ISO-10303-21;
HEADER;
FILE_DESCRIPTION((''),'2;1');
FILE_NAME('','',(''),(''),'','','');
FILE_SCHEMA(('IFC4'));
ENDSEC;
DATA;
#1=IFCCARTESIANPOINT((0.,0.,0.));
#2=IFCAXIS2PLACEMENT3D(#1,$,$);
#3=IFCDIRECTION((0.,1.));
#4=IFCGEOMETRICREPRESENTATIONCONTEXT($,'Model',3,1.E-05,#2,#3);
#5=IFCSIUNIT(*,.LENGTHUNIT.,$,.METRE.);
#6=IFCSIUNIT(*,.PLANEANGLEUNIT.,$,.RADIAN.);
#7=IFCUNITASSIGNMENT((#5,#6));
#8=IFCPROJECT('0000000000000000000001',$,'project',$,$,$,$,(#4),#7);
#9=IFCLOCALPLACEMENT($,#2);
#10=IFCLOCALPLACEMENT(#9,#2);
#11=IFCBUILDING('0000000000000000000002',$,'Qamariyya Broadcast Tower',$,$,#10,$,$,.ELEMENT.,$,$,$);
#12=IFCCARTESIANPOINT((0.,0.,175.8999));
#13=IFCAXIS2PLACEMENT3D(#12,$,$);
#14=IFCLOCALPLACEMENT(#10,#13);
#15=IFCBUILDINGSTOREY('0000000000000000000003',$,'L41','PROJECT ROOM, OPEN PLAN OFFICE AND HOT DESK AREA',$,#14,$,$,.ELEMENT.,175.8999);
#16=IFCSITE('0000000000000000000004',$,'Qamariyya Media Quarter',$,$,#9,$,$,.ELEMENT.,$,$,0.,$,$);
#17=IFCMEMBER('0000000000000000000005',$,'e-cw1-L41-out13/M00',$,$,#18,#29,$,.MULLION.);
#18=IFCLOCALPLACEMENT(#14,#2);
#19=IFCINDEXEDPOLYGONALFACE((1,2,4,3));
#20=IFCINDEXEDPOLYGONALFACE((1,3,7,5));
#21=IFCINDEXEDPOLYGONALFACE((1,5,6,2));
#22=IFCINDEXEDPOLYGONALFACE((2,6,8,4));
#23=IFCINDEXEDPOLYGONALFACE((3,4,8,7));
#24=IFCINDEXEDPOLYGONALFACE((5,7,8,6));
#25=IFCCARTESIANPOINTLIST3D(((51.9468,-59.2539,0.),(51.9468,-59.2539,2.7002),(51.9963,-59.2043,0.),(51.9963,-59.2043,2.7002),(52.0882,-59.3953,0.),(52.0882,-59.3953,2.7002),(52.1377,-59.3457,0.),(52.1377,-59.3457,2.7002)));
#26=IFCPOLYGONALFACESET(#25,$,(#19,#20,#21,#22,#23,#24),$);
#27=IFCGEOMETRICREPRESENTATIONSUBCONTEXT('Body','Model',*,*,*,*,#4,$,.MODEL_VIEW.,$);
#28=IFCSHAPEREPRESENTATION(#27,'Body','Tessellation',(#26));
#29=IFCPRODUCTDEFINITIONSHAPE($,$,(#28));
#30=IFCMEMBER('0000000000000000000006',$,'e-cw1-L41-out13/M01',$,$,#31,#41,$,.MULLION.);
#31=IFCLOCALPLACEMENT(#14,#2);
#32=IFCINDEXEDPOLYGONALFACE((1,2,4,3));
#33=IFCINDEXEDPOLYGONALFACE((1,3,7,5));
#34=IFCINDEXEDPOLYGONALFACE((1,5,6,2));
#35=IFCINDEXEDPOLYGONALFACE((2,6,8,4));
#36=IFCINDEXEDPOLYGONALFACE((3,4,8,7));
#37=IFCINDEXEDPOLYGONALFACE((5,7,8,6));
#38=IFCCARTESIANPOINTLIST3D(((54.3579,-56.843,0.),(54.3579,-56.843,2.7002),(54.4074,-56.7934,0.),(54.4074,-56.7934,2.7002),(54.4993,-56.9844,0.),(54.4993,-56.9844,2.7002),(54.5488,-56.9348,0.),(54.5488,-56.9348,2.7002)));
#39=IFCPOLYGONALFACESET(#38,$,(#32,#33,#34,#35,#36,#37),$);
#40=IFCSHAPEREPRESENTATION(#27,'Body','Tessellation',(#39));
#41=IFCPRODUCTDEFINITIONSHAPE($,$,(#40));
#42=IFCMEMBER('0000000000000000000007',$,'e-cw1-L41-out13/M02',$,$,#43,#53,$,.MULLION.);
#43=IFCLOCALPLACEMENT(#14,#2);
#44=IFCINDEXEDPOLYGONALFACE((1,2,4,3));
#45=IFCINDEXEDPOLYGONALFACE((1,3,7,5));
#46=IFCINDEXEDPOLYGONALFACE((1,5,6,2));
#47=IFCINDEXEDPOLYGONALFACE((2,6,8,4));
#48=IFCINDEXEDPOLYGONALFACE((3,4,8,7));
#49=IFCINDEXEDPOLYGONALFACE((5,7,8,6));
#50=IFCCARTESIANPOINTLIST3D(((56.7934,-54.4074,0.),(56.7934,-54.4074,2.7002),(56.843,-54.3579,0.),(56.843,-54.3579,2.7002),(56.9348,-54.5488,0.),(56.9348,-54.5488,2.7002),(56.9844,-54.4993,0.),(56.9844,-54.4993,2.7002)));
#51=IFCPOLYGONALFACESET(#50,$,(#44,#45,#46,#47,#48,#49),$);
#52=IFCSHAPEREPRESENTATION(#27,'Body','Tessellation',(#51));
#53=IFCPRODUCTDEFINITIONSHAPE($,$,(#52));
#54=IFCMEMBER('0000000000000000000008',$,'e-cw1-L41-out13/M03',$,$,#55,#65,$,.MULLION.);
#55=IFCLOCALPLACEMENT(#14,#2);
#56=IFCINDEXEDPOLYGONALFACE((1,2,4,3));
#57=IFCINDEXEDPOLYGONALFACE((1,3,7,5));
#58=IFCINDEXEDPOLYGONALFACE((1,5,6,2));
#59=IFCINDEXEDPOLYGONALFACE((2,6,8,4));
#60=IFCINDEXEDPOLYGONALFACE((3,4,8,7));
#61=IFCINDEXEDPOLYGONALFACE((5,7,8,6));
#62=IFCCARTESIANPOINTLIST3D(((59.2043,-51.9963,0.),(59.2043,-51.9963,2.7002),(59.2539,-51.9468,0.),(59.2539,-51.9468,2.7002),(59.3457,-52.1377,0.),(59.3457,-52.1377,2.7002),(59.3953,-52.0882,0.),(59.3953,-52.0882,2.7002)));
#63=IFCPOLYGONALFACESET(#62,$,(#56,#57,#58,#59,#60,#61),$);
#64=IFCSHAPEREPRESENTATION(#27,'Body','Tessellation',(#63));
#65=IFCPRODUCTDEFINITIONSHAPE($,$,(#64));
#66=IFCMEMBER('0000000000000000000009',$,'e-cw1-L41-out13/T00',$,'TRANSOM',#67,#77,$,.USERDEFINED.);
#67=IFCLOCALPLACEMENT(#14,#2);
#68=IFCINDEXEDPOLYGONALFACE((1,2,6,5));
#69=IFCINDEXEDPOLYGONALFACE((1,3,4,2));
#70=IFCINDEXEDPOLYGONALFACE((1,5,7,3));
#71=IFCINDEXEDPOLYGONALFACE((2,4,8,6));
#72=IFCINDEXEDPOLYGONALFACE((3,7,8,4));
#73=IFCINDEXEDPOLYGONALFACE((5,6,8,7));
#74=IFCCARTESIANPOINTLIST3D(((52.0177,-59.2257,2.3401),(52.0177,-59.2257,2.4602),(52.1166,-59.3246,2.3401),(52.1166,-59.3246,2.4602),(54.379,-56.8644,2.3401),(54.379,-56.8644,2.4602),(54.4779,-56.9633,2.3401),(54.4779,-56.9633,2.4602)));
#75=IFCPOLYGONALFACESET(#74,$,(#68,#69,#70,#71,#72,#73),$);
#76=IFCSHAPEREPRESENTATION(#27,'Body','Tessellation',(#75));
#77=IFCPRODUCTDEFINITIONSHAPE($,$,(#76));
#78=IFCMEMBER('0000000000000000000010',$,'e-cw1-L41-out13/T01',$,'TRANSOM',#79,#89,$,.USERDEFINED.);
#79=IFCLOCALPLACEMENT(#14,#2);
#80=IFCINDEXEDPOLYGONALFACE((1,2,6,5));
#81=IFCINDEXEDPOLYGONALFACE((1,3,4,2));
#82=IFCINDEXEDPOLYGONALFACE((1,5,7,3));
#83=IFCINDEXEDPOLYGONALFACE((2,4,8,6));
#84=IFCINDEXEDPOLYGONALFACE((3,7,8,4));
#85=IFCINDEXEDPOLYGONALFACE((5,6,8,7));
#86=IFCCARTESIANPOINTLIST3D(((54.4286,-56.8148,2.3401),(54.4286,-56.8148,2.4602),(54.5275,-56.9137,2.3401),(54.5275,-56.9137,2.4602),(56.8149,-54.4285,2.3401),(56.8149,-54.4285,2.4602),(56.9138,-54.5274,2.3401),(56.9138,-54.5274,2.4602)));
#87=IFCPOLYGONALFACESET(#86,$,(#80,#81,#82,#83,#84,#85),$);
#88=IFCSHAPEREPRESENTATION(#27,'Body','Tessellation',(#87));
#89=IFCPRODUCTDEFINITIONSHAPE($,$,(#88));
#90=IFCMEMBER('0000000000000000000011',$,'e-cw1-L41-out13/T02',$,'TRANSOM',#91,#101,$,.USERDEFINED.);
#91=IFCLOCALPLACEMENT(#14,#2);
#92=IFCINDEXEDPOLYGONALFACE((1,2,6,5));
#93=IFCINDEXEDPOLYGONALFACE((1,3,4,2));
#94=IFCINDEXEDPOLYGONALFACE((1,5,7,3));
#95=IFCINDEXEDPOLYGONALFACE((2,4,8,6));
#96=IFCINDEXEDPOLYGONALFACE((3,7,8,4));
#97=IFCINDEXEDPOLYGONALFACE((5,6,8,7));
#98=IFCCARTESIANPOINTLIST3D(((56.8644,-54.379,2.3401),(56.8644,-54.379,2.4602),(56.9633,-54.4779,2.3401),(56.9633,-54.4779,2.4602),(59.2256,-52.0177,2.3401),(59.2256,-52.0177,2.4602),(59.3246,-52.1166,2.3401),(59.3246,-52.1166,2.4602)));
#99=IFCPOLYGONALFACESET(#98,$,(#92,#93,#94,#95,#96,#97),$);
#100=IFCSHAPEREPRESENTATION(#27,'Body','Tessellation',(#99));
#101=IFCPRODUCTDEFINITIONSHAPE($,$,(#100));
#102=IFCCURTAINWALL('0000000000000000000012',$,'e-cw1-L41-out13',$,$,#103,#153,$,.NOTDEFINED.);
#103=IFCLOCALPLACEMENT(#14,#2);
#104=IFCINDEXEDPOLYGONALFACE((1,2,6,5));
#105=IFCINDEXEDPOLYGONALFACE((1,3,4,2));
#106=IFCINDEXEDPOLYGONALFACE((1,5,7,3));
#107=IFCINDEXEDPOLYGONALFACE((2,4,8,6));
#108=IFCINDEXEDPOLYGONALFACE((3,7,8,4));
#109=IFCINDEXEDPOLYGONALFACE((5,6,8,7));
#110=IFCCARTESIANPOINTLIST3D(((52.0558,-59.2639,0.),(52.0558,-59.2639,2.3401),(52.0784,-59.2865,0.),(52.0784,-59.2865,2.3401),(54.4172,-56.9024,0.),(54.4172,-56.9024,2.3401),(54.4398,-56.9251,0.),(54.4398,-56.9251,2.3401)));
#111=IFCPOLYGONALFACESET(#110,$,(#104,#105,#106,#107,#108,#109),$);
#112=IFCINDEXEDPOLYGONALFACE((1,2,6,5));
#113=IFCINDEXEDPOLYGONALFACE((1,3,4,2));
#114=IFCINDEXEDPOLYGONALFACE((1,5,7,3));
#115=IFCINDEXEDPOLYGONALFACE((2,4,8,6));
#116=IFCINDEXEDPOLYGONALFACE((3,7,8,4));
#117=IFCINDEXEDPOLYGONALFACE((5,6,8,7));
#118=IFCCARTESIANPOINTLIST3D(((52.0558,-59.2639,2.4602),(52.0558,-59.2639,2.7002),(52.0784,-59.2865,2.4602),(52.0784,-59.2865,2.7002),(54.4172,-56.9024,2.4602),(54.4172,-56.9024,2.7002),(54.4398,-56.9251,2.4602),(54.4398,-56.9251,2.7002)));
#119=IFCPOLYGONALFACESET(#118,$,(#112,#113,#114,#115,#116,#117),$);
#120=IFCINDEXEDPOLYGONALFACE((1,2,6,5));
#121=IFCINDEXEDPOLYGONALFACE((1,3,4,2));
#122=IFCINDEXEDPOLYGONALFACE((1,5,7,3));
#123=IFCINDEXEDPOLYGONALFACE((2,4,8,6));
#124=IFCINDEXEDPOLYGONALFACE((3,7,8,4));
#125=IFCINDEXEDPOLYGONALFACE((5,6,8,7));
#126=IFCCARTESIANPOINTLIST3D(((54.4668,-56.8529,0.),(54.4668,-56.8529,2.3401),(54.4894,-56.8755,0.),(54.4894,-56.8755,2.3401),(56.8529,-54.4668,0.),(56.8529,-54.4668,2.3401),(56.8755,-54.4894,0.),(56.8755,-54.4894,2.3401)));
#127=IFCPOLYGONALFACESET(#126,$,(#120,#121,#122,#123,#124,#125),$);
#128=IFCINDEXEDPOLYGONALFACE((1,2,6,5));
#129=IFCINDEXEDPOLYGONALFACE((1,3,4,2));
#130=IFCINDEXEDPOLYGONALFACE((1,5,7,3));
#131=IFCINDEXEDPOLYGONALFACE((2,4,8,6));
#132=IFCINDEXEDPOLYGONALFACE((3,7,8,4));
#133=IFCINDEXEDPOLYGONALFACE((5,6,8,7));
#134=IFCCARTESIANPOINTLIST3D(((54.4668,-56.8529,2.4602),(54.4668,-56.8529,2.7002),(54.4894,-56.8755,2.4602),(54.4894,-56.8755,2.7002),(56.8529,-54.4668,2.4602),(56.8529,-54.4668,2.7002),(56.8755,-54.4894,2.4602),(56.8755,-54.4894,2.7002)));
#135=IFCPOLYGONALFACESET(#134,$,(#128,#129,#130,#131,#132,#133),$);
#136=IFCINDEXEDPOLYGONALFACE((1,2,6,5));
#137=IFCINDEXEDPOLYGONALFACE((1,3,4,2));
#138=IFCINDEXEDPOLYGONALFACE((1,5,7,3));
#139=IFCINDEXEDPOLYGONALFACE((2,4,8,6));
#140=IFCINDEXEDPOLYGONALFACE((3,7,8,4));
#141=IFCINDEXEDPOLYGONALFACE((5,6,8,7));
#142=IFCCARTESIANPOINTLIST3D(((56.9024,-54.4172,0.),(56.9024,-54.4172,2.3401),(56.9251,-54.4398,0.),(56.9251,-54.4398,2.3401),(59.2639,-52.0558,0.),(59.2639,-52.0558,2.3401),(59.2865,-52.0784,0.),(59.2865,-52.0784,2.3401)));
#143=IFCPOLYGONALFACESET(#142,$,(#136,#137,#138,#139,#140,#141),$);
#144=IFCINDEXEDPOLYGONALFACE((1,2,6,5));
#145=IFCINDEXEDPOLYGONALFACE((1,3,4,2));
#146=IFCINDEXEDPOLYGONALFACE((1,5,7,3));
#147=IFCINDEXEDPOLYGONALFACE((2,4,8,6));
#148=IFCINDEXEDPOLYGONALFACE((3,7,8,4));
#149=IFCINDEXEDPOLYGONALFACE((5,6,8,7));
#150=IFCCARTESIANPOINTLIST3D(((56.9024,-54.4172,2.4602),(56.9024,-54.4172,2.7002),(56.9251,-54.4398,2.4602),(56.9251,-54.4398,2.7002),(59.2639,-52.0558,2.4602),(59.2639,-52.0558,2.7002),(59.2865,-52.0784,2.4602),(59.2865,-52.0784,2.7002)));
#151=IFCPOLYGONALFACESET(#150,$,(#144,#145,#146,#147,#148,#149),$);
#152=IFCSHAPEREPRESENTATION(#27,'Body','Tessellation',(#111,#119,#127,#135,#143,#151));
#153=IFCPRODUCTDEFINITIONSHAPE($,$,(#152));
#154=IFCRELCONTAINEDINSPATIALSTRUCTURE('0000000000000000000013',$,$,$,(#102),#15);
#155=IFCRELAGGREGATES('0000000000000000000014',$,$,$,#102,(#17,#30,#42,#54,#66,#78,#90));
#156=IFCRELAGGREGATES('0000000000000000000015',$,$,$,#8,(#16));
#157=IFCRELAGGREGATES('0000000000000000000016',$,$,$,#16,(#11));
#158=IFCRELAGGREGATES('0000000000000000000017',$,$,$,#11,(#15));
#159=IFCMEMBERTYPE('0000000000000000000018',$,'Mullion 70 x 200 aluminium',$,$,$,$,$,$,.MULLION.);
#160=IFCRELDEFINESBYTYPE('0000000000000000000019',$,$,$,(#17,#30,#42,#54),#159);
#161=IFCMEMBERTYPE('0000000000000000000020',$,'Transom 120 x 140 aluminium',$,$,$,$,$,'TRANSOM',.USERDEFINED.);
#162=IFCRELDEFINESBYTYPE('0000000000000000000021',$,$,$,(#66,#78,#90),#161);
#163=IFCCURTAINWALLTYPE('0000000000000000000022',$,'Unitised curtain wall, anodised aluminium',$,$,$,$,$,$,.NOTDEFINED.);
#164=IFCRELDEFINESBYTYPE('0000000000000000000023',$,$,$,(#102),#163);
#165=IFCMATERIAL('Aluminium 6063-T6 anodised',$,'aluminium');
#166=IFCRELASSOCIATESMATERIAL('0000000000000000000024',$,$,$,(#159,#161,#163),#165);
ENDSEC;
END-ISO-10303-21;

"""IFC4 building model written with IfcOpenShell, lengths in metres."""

from ifc_helpers import new_model, si_unit, direction, frame, origin, origin_2d, place, context, subcontext, project, spatial, rectangle, extrude, material, material_profile, profile_set, type_object, element, aggregate, save


model = new_model("IFC4")

# Units and contexts
model_context = context("Model", 3, precision=1e-05, world=origin(), true_north=direction((0.0, 1.0)))
body_context = subcontext(model_context, "Body", "Model", "MODEL_VIEW")
ifc_project = project(units=[si_unit("LENGTHUNIT", "METRE"), si_unit("PLANEANGLEUNIT", "RADIAN")], contexts=[model_context])

# Members
ifc_material = material(Name="Aluminium 6063-T6 anodised", Category="aluminium")
ifc_material_profile_1 = material_profile(ifc_material, rectangle(XDim=0.2, YDim=0.0701, at=origin_2d()))
ifc_profile_set_1 = profile_set([ifc_material_profile_1], Name="Aluminium 6063-T6 anodised")
member_type_1 = type_object("IfcMemberType", Name="Mullion 70 x 200 aluminium", PredefinedType="MULLION", material=ifc_profile_set_1)
site_placement = place(None, origin())
building_placement = place(site_placement, origin())
storey_placement = place(building_placement, frame((0.0, 0.0, 175.8999)))
member_1_placement = place(storey_placement, frame((52.0422, -59.2998, 0.0), z_axis=(0.0, 0.0, 1.0), x_axis=(-0.707107, 0.707107, 0.0)))
member_1 = element("IfcMember", 1, at=member_1_placement, type_object=member_type_1, Name="e-cw1-L41-out13/M00", PredefinedType="MULLION", context=body_context, shape_type="SweptSolid", body=[
    extrude(rectangle(XDim=0.2, YDim=0.0701, at=origin_2d()), origin(), (0.0, 0.0, 1.0), 2.7002),
])
member_2_placement = place(storey_placement, frame((54.4534, -56.8889, 0.0), z_axis=(0.0, 0.0, 1.0), x_axis=(-0.707107, 0.707107, 0.0)))
member_2 = element("IfcMember", 2, at=member_2_placement, type_object=member_type_1, Name="e-cw1-L41-out13/M01", PredefinedType="MULLION", context=body_context, shape_type="SweptSolid", body=[
    extrude(rectangle(XDim=0.2, YDim=0.0701, at=origin_2d()), origin(), (0.0, 0.0, 1.0), 2.7002),
])
member_3_placement = place(storey_placement, frame((56.8889, -54.4534, 0.0), z_axis=(0.0, 0.0, 1.0), x_axis=(-0.707107, 0.707107, 0.0)))
member_3 = element("IfcMember", 3, at=member_3_placement, type_object=member_type_1, Name="e-cw1-L41-out13/M02", PredefinedType="MULLION", context=body_context, shape_type="SweptSolid", body=[
    extrude(rectangle(XDim=0.2, YDim=0.0701, at=origin_2d()), origin(), (0.0, 0.0, 1.0), 2.7002),
])
member_4_placement = place(storey_placement, frame((59.2998, -52.0422, 0.0), z_axis=(0.0, 0.0, 1.0), x_axis=(-0.707107, 0.707107, 0.0)))
member_4 = element("IfcMember", 4, at=member_4_placement, type_object=member_type_1, Name="e-cw1-L41-out13/M03", PredefinedType="MULLION", context=body_context, shape_type="SweptSolid", body=[
    extrude(rectangle(XDim=0.2, YDim=0.0701, at=origin_2d()), origin(), (0.0, 0.0, 1.0), 2.7002),
])
ifc_material_profile_2 = material_profile(ifc_material, rectangle(XDim=0.1399, YDim=0.1201, at=origin_2d()))
ifc_profile_set_2 = profile_set([ifc_material_profile_2], Name="Aluminium 6063-T6 anodised")
member_type_2 = type_object("IfcMemberType", Name="Transom 120 x 140 aluminium", ElementType="TRANSOM", PredefinedType="USERDEFINED", material=ifc_profile_set_2)
member_5_placement = place(storey_placement, frame((52.0671, -59.2751, 2.4001), z_axis=(0.707107, 0.707107, 0.0), x_axis=(-0.707107, 0.707107, 0.0)))
member_5 = element("IfcMember", 5, at=member_5_placement, type_object=member_type_2, Name="e-cw1-L41-out13/T00", ObjectType="TRANSOM", PredefinedType="USERDEFINED", context=body_context, shape_type="SweptSolid", body=[
    extrude(rectangle(XDim=0.1399, YDim=0.1201, at=origin_2d()), origin(), (0.0, 0.0, 1.0), 3.3394),
])
member_6_placement = place(storey_placement, frame((54.478, -56.8643, 2.4001), z_axis=(0.707107, 0.707107, 0.0), x_axis=(-0.707107, 0.707107, 0.0)))
member_6 = element("IfcMember", 6, at=member_6_placement, type_object=member_type_2, Name="e-cw1-L41-out13/T01", ObjectType="TRANSOM", PredefinedType="USERDEFINED", context=body_context, shape_type="SweptSolid", body=[
    extrude(rectangle(XDim=0.1399, YDim=0.1201, at=origin_2d()), origin(), (0.0, 0.0, 1.0), 3.3748),
])
member_7_placement = place(storey_placement, frame((56.9138, -54.4285, 2.4001), z_axis=(0.707107, 0.707107, 0.0), x_axis=(-0.707107, 0.707107, 0.0)))
member_7 = element("IfcMember", 7, at=member_7_placement, type_object=member_type_2, Name="e-cw1-L41-out13/T02", ObjectType="TRANSOM", PredefinedType="USERDEFINED", context=body_context, shape_type="SweptSolid", body=[
    extrude(rectangle(XDim=0.1399, YDim=0.1201, at=origin_2d()), origin(), (0.0, 0.0, 1.0), 3.3394),
])

# Site, building, storey
site = spatial("IfcSite", under=ifc_project, at=site_placement, Name="Qamariyya Media Quarter", CompositionType="ELEMENT", RefElevation=0.0)
building = spatial("IfcBuilding", under=site, at=building_placement, Name="Qamariyya Broadcast Tower", CompositionType="ELEMENT")
storey = spatial("IfcBuildingStorey", under=building, at=storey_placement, Name="L41", Description="PROJECT ROOM, OPEN PLAN OFFICE AND HOT DESK AREA", CompositionType="ELEMENT", Elevation=175.8999)

# Curtain wall
curtain_wall_type = type_object("IfcCurtainWallType", Name="Unitised curtain wall, anodised aluminium", PredefinedType="NOTDEFINED", material=ifc_material)
curtain_wall_1_placement = place(storey_placement, origin())
curtain_wall_1 = element("IfcCurtainWall", 8, at=curtain_wall_1_placement, inside=storey, type_object=curtain_wall_type, Name="e-cw1-L41-out13", PredefinedType="NOTDEFINED", context=body_context, shape_type="SweptSolid", body=[
    extrude(rectangle(XDim=3.3396, YDim=0.032, at=origin_2d()), frame((53.2478, -58.0945, 0.0), x_axis=(0.707107, 0.707107, 0.0)), (0.0, 0.0, 1.0), 2.3401),
    extrude(rectangle(XDim=3.3396, YDim=0.032, at=origin_2d()), frame((53.2478, -58.0945, 2.4602), x_axis=(0.707107, 0.707107, 0.0)), (0.0, 0.0, 1.0), 0.24),
    extrude(rectangle(XDim=3.3745, YDim=0.032, at=origin_2d()), frame((55.6711, -55.6711, 0.0), x_axis=(0.707107, 0.707107, 0.0)), (0.0, 0.0, 1.0), 2.3401),
    extrude(rectangle(XDim=3.3745, YDim=0.032, at=origin_2d()), frame((55.6711, -55.6711, 2.4602), x_axis=(0.707107, 0.707107, 0.0)), (0.0, 0.0, 1.0), 0.24),
    extrude(rectangle(XDim=3.3396, YDim=0.032, at=origin_2d()), frame((58.0945, -53.2478, 0.0), x_axis=(0.707107, 0.707107, 0.0)), (0.0, 0.0, 1.0), 2.3401),
    extrude(rectangle(XDim=3.3396, YDim=0.032, at=origin_2d()), frame((58.0945, -53.2478, 2.4602), x_axis=(0.707107, 0.707107, 0.0)), (0.0, 0.0, 1.0), 0.24),
])
aggregate(curtain_wall_1, [member_1, member_2, member_3, member_4, member_5, member_6, member_7])

save(model, "model.ifc")
